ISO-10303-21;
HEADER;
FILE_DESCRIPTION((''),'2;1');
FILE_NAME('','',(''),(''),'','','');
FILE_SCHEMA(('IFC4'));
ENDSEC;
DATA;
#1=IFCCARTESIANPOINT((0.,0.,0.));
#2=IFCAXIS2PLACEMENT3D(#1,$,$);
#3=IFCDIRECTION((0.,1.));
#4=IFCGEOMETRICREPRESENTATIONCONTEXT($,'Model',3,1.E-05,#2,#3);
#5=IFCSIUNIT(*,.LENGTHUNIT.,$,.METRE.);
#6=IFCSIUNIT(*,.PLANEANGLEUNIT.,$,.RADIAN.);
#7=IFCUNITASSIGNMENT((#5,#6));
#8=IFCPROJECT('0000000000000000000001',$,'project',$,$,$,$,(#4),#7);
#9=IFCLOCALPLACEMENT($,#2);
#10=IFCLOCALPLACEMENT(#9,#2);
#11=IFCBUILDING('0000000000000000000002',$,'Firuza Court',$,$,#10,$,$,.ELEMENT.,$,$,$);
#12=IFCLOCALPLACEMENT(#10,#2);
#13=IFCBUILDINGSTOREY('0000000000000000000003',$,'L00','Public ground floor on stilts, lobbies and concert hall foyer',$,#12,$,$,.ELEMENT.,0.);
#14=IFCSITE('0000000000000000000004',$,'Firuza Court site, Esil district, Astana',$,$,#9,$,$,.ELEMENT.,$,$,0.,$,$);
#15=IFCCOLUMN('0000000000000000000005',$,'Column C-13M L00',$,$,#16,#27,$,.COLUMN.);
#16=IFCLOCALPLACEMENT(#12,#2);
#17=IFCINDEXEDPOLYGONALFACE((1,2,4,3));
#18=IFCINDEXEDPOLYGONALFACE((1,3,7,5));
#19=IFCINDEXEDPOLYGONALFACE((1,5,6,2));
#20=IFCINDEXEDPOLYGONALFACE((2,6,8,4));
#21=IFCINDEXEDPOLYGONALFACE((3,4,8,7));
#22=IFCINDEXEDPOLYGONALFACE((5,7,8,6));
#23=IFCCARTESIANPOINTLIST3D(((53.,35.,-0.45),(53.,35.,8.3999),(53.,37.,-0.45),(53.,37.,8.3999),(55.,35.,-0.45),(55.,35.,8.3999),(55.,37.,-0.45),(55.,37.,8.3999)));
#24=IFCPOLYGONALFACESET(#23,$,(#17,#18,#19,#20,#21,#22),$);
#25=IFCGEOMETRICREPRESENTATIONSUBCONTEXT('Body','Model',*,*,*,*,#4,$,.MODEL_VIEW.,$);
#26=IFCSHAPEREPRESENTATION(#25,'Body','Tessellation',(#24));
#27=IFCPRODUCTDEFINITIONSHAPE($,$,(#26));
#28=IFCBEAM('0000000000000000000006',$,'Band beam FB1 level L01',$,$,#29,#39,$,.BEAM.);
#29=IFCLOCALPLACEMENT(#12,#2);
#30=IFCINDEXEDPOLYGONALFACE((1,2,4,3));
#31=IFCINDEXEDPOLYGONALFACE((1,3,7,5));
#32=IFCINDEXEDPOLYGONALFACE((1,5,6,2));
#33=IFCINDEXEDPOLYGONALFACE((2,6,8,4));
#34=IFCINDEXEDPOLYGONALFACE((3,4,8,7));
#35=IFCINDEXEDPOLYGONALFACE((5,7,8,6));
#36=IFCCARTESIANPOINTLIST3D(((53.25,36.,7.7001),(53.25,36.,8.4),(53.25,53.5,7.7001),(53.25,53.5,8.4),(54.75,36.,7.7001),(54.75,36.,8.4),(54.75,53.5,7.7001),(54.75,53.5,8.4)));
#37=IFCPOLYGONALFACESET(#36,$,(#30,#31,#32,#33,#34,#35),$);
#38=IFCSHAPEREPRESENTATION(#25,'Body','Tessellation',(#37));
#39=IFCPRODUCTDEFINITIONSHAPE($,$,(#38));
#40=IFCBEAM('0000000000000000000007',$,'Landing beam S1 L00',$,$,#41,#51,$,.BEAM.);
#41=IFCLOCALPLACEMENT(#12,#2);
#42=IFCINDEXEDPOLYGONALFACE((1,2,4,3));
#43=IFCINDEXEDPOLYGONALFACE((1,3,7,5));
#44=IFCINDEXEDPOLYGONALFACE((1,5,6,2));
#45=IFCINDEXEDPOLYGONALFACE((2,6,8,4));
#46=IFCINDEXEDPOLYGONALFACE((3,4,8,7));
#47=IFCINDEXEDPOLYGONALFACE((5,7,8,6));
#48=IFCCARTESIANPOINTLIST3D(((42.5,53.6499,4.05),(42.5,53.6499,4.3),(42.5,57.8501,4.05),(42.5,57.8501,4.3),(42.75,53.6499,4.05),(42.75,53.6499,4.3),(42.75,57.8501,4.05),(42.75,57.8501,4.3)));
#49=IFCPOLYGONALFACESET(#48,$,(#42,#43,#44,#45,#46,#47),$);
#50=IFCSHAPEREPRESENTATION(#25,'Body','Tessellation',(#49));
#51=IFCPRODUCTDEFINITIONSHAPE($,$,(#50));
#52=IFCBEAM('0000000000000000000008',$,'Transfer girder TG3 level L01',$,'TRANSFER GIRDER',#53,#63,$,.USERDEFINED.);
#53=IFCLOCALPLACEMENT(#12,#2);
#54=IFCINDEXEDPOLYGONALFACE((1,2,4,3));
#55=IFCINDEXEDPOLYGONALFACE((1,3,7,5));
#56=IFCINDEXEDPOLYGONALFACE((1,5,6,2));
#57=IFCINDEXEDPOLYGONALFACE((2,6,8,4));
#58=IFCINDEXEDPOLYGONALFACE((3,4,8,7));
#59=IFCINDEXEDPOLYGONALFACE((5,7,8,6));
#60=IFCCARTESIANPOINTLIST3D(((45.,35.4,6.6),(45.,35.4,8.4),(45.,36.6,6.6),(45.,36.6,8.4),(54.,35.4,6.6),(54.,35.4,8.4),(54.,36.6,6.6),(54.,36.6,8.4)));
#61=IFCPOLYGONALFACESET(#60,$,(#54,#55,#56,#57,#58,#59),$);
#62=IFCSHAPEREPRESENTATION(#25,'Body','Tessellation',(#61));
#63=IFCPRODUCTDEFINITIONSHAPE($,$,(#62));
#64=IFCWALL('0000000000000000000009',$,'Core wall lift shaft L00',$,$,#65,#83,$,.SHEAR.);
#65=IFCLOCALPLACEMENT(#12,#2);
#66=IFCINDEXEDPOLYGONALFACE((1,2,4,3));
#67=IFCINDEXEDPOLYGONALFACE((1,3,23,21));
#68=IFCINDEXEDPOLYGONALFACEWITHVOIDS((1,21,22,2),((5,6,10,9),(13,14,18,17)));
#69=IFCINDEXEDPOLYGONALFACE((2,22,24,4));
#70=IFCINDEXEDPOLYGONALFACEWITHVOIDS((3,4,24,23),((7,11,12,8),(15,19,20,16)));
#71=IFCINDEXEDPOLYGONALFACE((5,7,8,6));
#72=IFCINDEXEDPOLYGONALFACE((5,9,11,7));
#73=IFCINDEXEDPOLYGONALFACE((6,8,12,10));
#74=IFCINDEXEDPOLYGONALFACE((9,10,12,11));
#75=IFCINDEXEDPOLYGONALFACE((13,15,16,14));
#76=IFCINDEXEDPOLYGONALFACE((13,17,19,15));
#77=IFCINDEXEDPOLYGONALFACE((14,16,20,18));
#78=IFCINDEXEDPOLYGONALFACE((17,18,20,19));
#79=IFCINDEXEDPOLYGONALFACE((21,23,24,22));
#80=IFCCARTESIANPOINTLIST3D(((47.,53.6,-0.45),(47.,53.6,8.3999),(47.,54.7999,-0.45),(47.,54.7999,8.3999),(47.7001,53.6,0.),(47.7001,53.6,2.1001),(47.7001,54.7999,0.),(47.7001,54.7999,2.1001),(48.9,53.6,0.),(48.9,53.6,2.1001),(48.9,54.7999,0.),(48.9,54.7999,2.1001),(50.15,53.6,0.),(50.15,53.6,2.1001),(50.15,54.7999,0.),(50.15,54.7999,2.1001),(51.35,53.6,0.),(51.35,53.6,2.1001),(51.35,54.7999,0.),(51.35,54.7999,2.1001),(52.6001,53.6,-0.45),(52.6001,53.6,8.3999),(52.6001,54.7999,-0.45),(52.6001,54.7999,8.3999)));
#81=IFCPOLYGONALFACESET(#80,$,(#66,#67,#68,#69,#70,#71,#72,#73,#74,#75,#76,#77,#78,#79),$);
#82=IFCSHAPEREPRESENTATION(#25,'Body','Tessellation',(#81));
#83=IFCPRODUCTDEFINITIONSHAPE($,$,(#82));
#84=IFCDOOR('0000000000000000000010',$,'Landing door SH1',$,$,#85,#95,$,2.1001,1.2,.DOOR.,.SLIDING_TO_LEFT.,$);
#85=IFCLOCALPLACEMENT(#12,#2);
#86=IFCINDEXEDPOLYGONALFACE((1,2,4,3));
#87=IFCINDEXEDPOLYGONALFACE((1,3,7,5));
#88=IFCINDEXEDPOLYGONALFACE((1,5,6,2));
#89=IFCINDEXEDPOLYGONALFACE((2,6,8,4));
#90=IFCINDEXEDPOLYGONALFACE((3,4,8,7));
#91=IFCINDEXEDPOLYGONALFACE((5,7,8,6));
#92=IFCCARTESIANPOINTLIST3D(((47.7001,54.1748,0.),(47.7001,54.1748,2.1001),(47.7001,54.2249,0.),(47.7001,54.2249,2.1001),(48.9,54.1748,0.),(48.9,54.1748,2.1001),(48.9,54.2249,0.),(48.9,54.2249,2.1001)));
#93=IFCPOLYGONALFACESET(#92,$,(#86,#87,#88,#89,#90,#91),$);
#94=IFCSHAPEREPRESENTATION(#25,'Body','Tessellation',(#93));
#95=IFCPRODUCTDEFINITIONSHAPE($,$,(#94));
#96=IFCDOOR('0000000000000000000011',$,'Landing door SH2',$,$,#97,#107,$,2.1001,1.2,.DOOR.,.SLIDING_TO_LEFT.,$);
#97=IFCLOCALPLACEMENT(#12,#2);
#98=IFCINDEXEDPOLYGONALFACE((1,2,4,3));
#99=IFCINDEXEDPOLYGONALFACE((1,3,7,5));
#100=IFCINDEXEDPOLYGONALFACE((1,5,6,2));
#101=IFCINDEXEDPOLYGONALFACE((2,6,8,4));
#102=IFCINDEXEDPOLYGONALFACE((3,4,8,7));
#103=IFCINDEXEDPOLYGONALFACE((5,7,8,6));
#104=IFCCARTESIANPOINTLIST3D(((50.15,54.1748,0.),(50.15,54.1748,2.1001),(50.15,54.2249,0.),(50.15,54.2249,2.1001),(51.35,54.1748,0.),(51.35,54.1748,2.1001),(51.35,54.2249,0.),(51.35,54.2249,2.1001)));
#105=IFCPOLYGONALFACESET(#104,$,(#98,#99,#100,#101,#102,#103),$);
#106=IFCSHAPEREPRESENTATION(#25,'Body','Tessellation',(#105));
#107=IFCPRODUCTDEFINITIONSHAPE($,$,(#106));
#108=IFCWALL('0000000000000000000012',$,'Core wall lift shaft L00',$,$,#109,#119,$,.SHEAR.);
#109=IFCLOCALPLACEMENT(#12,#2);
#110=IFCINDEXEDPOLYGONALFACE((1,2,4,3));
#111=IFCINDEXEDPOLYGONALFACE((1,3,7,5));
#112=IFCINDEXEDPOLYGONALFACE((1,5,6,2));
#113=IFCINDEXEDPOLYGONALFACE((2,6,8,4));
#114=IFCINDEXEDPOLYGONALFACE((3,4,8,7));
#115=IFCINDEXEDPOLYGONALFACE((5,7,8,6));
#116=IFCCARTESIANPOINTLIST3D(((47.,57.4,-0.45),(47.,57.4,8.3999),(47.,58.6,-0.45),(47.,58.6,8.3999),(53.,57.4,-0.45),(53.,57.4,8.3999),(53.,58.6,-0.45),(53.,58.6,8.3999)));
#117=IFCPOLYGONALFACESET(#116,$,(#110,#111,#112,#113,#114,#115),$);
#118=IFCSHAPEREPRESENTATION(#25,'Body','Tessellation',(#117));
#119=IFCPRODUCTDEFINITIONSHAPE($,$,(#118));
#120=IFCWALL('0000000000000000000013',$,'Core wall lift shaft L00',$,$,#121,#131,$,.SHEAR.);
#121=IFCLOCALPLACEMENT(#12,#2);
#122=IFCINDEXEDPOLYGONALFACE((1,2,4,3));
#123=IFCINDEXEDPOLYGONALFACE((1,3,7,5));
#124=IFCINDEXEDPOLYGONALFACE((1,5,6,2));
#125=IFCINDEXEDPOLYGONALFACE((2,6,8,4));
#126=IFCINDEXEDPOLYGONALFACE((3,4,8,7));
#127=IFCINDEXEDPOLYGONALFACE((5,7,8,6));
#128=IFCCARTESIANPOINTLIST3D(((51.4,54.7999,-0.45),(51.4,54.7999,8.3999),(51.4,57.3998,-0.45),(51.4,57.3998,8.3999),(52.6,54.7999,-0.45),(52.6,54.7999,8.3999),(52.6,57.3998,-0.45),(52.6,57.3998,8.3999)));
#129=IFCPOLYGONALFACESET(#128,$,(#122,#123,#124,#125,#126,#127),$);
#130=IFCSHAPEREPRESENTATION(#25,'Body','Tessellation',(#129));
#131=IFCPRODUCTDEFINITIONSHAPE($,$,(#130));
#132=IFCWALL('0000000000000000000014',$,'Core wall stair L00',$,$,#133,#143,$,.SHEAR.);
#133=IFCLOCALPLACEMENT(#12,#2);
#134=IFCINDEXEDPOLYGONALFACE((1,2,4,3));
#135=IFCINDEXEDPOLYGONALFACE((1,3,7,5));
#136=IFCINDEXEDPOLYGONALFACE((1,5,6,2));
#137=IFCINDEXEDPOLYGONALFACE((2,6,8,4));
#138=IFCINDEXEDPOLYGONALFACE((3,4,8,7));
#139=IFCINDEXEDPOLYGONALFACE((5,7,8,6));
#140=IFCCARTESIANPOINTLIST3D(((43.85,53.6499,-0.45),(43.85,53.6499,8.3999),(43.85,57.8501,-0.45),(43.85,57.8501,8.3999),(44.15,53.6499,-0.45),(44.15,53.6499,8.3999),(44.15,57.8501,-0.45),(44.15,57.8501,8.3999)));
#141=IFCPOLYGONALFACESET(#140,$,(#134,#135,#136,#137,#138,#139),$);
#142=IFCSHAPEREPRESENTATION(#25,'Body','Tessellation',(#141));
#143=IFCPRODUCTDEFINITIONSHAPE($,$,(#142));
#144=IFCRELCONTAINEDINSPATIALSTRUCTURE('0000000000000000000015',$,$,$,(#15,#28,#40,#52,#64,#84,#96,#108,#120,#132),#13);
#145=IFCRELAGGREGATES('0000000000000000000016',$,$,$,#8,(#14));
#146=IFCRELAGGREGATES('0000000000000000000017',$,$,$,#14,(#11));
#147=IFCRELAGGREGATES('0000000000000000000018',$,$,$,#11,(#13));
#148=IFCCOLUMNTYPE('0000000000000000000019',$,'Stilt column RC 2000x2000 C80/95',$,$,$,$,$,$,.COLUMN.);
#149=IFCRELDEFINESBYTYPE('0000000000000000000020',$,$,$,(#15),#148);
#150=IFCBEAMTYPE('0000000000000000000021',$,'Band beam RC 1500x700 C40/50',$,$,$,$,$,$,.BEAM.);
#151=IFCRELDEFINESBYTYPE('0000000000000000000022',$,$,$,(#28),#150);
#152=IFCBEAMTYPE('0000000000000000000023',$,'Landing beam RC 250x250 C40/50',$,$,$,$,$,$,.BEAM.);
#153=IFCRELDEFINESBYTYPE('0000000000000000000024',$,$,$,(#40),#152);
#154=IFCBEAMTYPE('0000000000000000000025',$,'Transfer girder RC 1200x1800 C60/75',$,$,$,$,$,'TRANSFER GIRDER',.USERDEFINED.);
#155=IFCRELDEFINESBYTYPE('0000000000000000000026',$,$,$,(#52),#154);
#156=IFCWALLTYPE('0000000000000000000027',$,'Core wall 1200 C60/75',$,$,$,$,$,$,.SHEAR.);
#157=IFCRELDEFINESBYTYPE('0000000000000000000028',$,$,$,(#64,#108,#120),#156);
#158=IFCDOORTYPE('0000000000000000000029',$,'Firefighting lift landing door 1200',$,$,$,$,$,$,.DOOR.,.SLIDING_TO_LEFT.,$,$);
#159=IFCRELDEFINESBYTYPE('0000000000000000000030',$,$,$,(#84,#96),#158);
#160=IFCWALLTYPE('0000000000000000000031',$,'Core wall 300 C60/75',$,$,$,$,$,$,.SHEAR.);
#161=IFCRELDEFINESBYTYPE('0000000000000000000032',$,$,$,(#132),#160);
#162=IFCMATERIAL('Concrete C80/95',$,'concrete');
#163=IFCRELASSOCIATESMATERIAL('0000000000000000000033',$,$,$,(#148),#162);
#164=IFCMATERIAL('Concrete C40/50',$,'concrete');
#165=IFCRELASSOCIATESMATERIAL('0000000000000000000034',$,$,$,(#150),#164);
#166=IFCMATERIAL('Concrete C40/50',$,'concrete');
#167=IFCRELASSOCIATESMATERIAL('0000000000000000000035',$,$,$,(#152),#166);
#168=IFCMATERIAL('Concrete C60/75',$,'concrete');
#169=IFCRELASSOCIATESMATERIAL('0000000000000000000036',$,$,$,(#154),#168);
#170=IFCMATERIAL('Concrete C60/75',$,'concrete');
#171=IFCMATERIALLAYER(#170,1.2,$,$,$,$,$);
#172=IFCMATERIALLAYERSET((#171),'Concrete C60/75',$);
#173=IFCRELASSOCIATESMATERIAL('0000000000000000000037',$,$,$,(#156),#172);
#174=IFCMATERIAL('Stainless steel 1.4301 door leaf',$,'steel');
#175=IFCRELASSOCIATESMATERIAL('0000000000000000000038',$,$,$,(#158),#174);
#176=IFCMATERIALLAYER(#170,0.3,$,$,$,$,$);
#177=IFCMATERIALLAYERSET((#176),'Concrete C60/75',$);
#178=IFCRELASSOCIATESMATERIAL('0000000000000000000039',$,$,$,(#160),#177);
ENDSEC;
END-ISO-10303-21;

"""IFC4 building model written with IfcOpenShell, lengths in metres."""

from ifc_helpers import new_model, si_unit, direction, frame, frame_2d, origin, origin_2d, place, context, subcontext, project, spatial, rectangle, extrude, material, layer, layer_set, material_profile, profile_set, type_object, element, fill, save


model = new_model("IFC4")

# Units and contexts
model_context = context("Model", 3, precision=1e-05, world=origin(), true_north=direction((0.0, 1.0)))
body_context = subcontext(model_context, "Body", "Model", "MODEL_VIEW")
ifc_project = project(units=[si_unit("LENGTHUNIT", "METRE"), si_unit("PLANEANGLEUNIT", "RADIAN")], contexts=[model_context])

# Site, building, storey
site_placement = place(None, origin())
site = spatial("IfcSite", under=ifc_project, at=site_placement, Name="Firuza Court site, Esil district, Astana", CompositionType="ELEMENT", RefElevation=0.0)
building_placement = place(site_placement, origin())
building = spatial("IfcBuilding", under=site, at=building_placement, Name="Firuza Court", CompositionType="ELEMENT")
storey_placement = place(building_placement, origin())
storey = spatial("IfcBuildingStorey", under=building, at=storey_placement, Name="L00", Description="Public ground floor on stilts, lobbies and concert hall foyer", CompositionType="ELEMENT", Elevation=0.0)

# Column
ifc_material_1 = material(Name="Concrete C80/95", Category="concrete")
ifc_material_profile_1 = material_profile(ifc_material_1, rectangle(XDim=2.0, YDim=2.0, at=origin_2d()), Name="RC 2000x2000")
ifc_profile_set_1 = profile_set([ifc_material_profile_1], Name="Concrete C80/95")
column_type = type_object("IfcColumnType", Name="Stilt column RC 2000x2000 C80/95", PredefinedType="COLUMN", material=ifc_profile_set_1)
column_placement = place(storey_placement, frame((54.0, 36.0, -0.45), z_axis=(0.0, 0.0, 1.0), x_axis=(1.0, 0.0, 0.0)))
element("IfcColumn", 1, at=column_placement, inside=storey, type_object=column_type, Name="Column C-13M L00", PredefinedType="COLUMN", context=body_context, shape_type="SweptSolid", body=[
    extrude(rectangle(XDim=2.0, YDim=2.0, at=origin_2d()), origin(), (0.0, 0.0, 1.0), 8.8499),
])

# Beams
ifc_material_2 = material(Name="Concrete C40/50", Category="concrete")
ifc_material_profile_2 = material_profile(ifc_material_2, rectangle(XDim=1.5, YDim=0.7, at=origin_2d()), Name="RC 1500x700")
ifc_profile_set_2 = profile_set([ifc_material_profile_2], Name="Concrete C40/50")
beam_type_1 = type_object("IfcBeamType", Name="Band beam RC 1500x700 C40/50", PredefinedType="BEAM", material=ifc_profile_set_2)
beam_1_placement = place(storey_placement, frame((54.0, 36.0, 8.05), z_axis=(0.0, 1.0, 0.0), x_axis=(-1.0, 0.0, 0.0)))
element("IfcBeam", 2, at=beam_1_placement, inside=storey, type_object=beam_type_1, Name="Band beam FB1 level L01", PredefinedType="BEAM", context=body_context, shape_type="SweptSolid", body=[
    extrude(rectangle(XDim=1.5, YDim=0.7, at=origin_2d()), origin(), (0.0, 0.0, 1.0), 17.5),
])
ifc_material_3 = material(Name="Concrete C40/50", Category="concrete")
ifc_material_profile_3 = material_profile(ifc_material_3, rectangle(XDim=0.25, YDim=0.25, at=origin_2d()), Name="RC 250x250")
ifc_profile_set_3 = profile_set([ifc_material_profile_3], Name="Concrete C40/50")
beam_type_2 = type_object("IfcBeamType", Name="Landing beam RC 250x250 C40/50", PredefinedType="BEAM", material=ifc_profile_set_3)
beam_2_placement = place(storey_placement, frame((42.625, 53.6499, 4.175), z_axis=(0.0, 1.0, 0.0), x_axis=(-1.0, 0.0, 0.0)))
element("IfcBeam", 3, at=beam_2_placement, inside=storey, type_object=beam_type_2, Name="Landing beam S1 L00", PredefinedType="BEAM", context=body_context, shape_type="SweptSolid", body=[
    extrude(rectangle(XDim=0.25, YDim=0.25, at=origin_2d()), origin(), (0.0, 0.0, 1.0), 4.2002),
])
ifc_material_4 = material(Name="Concrete C60/75", Category="concrete")
ifc_material_profile_4 = material_profile(ifc_material_4, rectangle(XDim=1.2, YDim=1.8, at=origin_2d()), Name="RC 1200x1800")
ifc_profile_set_4 = profile_set([ifc_material_profile_4], Name="Concrete C60/75")
beam_type_3 = type_object("IfcBeamType", Name="Transfer girder RC 1200x1800 C60/75", ElementType="TRANSFER GIRDER", PredefinedType="USERDEFINED", material=ifc_profile_set_4)
beam_3_placement = place(storey_placement, frame((45.0, 36.0, 7.5), z_axis=(1.0, 0.0, 0.0), x_axis=(0.0, 1.0, 0.0)))
element("IfcBeam", 4, at=beam_3_placement, inside=storey, type_object=beam_type_3, Name="Transfer girder TG3 level L01", ObjectType="TRANSFER GIRDER", PredefinedType="USERDEFINED", context=body_context, shape_type="SweptSolid", body=[
    extrude(rectangle(XDim=1.2, YDim=1.8, at=origin_2d()), origin(), (0.0, 0.0, 1.0), 9.0),
])

# Wall, openings, doors
ifc_material_5 = material(Name="Concrete C60/75", Category="concrete")
ifc_layer_1 = layer(ifc_material_5, 1.2)
ifc_layer_set_1 = layer_set([ifc_layer_1], Name="Concrete C60/75")
wall_type_1 = type_object("IfcWallType", Name="Core wall 1200 C60/75", PredefinedType="SHEAR", material=ifc_layer_set_1)
wall_1_placement = place(storey_placement, frame((47.0, 54.2, -0.45), z_axis=(0.0, 0.0, 1.0), x_axis=(1.0, 0.0, 0.0)))
wall_1 = element("IfcWall", 5, at=wall_1_placement, inside=storey, type_object=wall_type_1, Name="Core wall lift shaft L00", PredefinedType="SHEAR", context=body_context, shape_type="SweptSolid", body=[
    extrude(rectangle(XDim=5.6001, YDim=1.2, at=frame_2d((2.8, 0.0))), origin(), (0.0, 0.0, 1.0), 8.8499),
])
opening_1_placement = place(wall_1_placement, frame((0.7, 0.0, 0.45)))
opening_1 = element("IfcOpeningElement", 6, at=opening_1_placement, cuts=wall_1, PredefinedType="OPENING", context=body_context, shape_type="SweptSolid", body=[
    extrude(rectangle(XDim=1.2, YDim=2.1001, at=frame_2d((0.6001, 1.05))), frame((0.0, 0.6118, 0.0), z_axis=(0.0, -1.0, 0.0), x_axis=(1.0, 0.0, 0.0)), (0.0, 0.0, 1.0), 1.2239),
])
opening_2_placement = place(wall_1_placement, frame((3.1499, 0.0, 0.45)))
opening_2 = element("IfcOpeningElement", 7, at=opening_2_placement, cuts=wall_1, PredefinedType="OPENING", context=body_context, shape_type="SweptSolid", body=[
    extrude(rectangle(XDim=1.2, YDim=2.1001, at=frame_2d((0.6001, 1.05))), frame((0.0, 0.6118, 0.0), z_axis=(0.0, -1.0, 0.0), x_axis=(1.0, 0.0, 0.0)), (0.0, 0.0, 1.0), 1.2239),
])
ifc_material_6 = material(Name="Stainless steel 1.4301 door leaf", Category="steel")
door_type_1 = type_object("IfcDoorType", Name="Firefighting lift landing door 1200", OperationType="SLIDING_TO_LEFT", PredefinedType="DOOR", material=ifc_material_6)
door_1_placement = place(opening_1_placement, origin())
door_1 = element("IfcDoor", 8, at=door_1_placement, inside=storey, type_object=door_type_1, Name="Landing door SH1", OperationType="SLIDING_TO_LEFT", OverallHeight=2.1001, OverallWidth=1.2, PredefinedType="DOOR", context=body_context, shape_type="SweptSolid", body=[
    extrude(rectangle(XDim=1.2, YDim=2.1001, at=frame_2d((0.6001, 1.05))), frame((0.0, 0.0249, 0.0), z_axis=(0.0, -1.0, 0.0), x_axis=(1.0, 0.0, 0.0)), (0.0, 0.0, 1.0), 0.05),
])
fill(opening_1, door_1)
door_2_placement = place(opening_2_placement, origin())
door_2 = element("IfcDoor", 9, at=door_2_placement, inside=storey, type_object=door_type_1, Name="Landing door SH2", OperationType="SLIDING_TO_LEFT", OverallHeight=2.1001, OverallWidth=1.2, PredefinedType="DOOR", context=body_context, shape_type="SweptSolid", body=[
    extrude(rectangle(XDim=1.2, YDim=2.1001, at=frame_2d((0.6001, 1.05))), frame((0.0, 0.0249, 0.0), z_axis=(0.0, -1.0, 0.0), x_axis=(1.0, 0.0, 0.0)), (0.0, 0.0, 1.0), 0.05),
])
fill(opening_2, door_2)

# Walls
wall_2_placement = place(storey_placement, frame((47.0, 58.0, -0.45), z_axis=(0.0, 0.0, 1.0), x_axis=(1.0, 0.0, 0.0)))
element("IfcWall", 10, at=wall_2_placement, inside=storey, type_object=wall_type_1, Name="Core wall lift shaft L00", PredefinedType="SHEAR", context=body_context, shape_type="SweptSolid", body=[
    extrude(rectangle(XDim=6.0, YDim=1.2, at=frame_2d((3.0, 0.0))), origin(), (0.0, 0.0, 1.0), 8.8499),
])
wall_3_placement = place(storey_placement, frame((52.0, 54.8, -0.45), z_axis=(0.0, 0.0, 1.0), x_axis=(0.0, 1.0, 0.0)))
element("IfcWall", 11, at=wall_3_placement, inside=storey, type_object=wall_type_1, Name="Core wall lift shaft L00", PredefinedType="SHEAR", context=body_context, shape_type="SweptSolid", body=[
    extrude(rectangle(XDim=2.5999, YDim=1.2, at=frame_2d((1.2998, 0.0))), origin(), (0.0, 0.0, 1.0), 8.8499),
])
ifc_layer_2 = layer(ifc_material_5, 0.3)
ifc_layer_set_2 = layer_set([ifc_layer_2], Name="Concrete C60/75")
wall_type_2 = type_object("IfcWallType", Name="Core wall 300 C60/75", PredefinedType="SHEAR", material=ifc_layer_set_2)
wall_4_placement = place(storey_placement, frame((44.0, 53.6499, -0.45), z_axis=(0.0, 0.0, 1.0), x_axis=(0.0, 1.0, 0.0)))
element("IfcWall", 12, at=wall_4_placement, inside=storey, type_object=wall_type_2, Name="Core wall stair L00", PredefinedType="SHEAR", context=body_context, shape_type="SweptSolid", body=[
    extrude(rectangle(XDim=4.2002, YDim=0.3, at=frame_2d((2.1001, 0.0))), origin(), (0.0, 0.0, 1.0), 8.8499),
])

save(model, "model.ifc")
